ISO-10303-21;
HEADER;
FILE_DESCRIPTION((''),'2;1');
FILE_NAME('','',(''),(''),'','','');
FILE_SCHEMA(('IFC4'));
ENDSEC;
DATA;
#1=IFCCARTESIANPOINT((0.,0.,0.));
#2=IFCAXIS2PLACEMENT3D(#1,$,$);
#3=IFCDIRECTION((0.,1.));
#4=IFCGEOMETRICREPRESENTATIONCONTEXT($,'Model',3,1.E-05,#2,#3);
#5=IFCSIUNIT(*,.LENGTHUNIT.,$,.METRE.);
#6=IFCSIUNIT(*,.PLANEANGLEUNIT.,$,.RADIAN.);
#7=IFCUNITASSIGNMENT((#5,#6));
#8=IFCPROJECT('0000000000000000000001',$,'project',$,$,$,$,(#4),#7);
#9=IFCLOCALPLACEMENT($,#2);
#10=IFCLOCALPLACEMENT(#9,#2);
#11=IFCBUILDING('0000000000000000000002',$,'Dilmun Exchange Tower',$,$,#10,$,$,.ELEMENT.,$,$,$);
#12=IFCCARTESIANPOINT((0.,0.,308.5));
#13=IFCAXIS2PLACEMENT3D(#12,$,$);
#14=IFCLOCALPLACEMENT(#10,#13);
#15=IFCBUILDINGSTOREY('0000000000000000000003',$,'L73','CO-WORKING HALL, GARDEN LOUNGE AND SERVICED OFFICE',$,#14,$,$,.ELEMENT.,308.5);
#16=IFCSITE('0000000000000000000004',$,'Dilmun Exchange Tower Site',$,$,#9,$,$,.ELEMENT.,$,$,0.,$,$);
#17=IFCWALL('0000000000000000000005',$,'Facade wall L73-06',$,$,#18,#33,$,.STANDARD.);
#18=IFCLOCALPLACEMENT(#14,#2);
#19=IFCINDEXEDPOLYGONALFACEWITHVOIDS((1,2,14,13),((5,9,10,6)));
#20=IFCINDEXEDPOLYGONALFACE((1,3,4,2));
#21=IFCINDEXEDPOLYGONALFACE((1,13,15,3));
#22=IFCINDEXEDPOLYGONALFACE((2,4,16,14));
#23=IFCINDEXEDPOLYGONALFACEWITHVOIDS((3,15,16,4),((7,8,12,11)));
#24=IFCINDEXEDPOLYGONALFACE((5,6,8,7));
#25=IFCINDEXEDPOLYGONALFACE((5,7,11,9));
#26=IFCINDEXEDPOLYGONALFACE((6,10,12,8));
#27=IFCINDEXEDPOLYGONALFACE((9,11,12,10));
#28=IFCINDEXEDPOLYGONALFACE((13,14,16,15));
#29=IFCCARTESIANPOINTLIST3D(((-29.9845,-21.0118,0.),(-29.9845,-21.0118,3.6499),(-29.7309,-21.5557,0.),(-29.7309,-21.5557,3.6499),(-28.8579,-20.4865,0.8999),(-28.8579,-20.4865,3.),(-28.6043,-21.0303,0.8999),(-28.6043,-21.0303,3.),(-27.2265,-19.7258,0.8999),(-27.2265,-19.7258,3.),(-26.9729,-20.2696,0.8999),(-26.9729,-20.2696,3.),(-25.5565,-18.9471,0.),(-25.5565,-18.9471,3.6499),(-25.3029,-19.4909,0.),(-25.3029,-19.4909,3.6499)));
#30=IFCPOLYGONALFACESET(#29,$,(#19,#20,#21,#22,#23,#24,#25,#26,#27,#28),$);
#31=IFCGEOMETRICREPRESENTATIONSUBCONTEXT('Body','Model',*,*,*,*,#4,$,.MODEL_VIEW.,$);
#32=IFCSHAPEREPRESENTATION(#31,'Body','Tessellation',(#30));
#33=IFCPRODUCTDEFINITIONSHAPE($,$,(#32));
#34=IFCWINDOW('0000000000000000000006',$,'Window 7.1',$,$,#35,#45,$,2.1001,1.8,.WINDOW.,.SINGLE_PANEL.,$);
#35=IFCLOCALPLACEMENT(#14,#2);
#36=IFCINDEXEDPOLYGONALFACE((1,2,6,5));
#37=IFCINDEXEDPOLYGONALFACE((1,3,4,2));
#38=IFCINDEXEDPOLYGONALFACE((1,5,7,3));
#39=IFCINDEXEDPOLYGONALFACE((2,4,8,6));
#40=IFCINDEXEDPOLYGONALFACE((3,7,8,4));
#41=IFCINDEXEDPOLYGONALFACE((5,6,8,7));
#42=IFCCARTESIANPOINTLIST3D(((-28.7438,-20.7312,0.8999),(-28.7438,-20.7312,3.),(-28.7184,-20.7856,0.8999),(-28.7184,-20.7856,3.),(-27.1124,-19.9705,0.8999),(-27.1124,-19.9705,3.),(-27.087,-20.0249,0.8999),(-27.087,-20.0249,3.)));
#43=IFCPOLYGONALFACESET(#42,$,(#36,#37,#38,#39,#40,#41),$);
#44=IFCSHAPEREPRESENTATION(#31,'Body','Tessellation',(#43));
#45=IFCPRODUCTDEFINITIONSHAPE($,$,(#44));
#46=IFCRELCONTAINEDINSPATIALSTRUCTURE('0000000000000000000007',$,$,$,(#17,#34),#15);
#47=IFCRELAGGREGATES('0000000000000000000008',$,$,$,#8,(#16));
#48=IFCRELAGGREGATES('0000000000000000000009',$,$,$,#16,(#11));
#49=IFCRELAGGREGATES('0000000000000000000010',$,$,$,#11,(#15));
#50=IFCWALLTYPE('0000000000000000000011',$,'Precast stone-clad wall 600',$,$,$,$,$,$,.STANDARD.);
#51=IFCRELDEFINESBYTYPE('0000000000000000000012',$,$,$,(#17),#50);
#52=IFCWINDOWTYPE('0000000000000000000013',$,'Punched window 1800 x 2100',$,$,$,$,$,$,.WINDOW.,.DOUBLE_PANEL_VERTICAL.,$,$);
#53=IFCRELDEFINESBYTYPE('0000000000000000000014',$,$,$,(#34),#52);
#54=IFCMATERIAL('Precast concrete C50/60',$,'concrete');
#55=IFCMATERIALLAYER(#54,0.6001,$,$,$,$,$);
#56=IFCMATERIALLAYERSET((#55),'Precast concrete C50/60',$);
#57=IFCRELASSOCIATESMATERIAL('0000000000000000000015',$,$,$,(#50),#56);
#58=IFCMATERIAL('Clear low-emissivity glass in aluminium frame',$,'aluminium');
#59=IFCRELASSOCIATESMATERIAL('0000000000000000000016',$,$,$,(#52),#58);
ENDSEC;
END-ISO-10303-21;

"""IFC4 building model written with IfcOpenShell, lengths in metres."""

from ifc_helpers import new_model, si_unit, direction, frame, frame_2d, origin, place, context, subcontext, project, spatial, rectangle, extrude, material, layer, layer_set, type_object, element, fill, save


model = new_model("IFC4")

# Units and contexts
model_context = context("Model", 3, precision=1e-05, world=origin(), true_north=direction((0.0, 1.0)))
body_context = subcontext(model_context, "Body", "Model", "MODEL_VIEW")
ifc_project = project(units=[si_unit("LENGTHUNIT", "METRE"), si_unit("PLANEANGLEUNIT", "RADIAN")], contexts=[model_context])

# Site, building, storey
site_placement = place(None, origin())
site = spatial("IfcSite", under=ifc_project, at=site_placement, Name="Dilmun Exchange Tower Site", CompositionType="ELEMENT", RefElevation=0.0)
building_placement = place(site_placement, origin())
building = spatial("IfcBuilding", under=site, at=building_placement, Name="Dilmun Exchange Tower", CompositionType="ELEMENT")
storey_placement = place(building_placement, frame((0.0, 0.0, 308.5)))
storey = spatial("IfcBuildingStorey", under=building, at=storey_placement, Name="L73", Description="CO-WORKING HALL, GARDEN LOUNGE AND SERVICED OFFICE", CompositionType="ELEMENT", Elevation=308.5)

# Wall, opening, window
ifc_material_1 = material(Name="Precast concrete C50/60", Category="concrete")
ifc_layer_1 = layer(ifc_material_1, 0.6001)
ifc_layer_set_1 = layer_set([ifc_layer_1], Name="Precast concrete C50/60")
wall_type_1 = type_object("IfcWallType", Name="Precast stone-clad wall 600", PredefinedType="STANDARD", material=ifc_layer_set_1)
ifc_material_2 = material(Name="Clear low-emissivity glass in aluminium frame", Category="aluminium")
window_type_1 = type_object("IfcWindowType", Name="Punched window 1800 x 2100", PartitioningType="DOUBLE_PANEL_VERTICAL", PredefinedType="WINDOW", material=ifc_material_2)
wall_1_placement = place(storey_placement, frame((-25.4297, -19.219, 0.0), z_axis=(0.0, 0.0, 1.0), x_axis=(-0.906316, -0.422601, 0.0)))
wall_1 = element("IfcWall", 1, at=wall_1_placement, inside=storey, type_object=wall_type_1, Name="Facade wall L73-06", PredefinedType="STANDARD", context=body_context, shape_type="SweptSolid", body=[
    extrude(rectangle(XDim=4.8857, YDim=0.6001, at=frame_2d((2.4429, 0.0))), origin(), (0.0, 0.0, 1.0), 3.6499),
])
opening_1_placement = place(wall_1_placement, frame((1.8428, 0.0, 0.8999)))
opening_1 = element("IfcOpeningElement", 2, at=opening_1_placement, cuts=wall_1, PredefinedType="OPENING", context=body_context, shape_type="SweptSolid", body=[
    extrude(rectangle(XDim=1.8, YDim=2.1001, at=frame_2d((0.8999, 1.05))), frame((0.0, 0.3101, 0.0), z_axis=(0.0, -1.0, 0.0), x_axis=(1.0, 0.0, 0.0)), (0.0, 0.0, 1.0), 0.6201),
])
window_1_placement = place(opening_1_placement, origin())
window_1 = element("IfcWindow", 3, at=window_1_placement, inside=storey, type_object=window_type_1, Name="Window 7.1", OverallHeight=2.1001, OverallWidth=1.8, PartitioningType="SINGLE_PANEL", PredefinedType="WINDOW", context=body_context, shape_type="SweptSolid", body=[
    extrude(rectangle(XDim=1.8, YDim=2.1001, at=frame_2d((0.8999, 1.05))), frame((0.0, 0.03, 0.0), z_axis=(0.0, -1.0, 0.0), x_axis=(1.0, 0.0, 0.0)), (0.0, 0.0, 1.0), 0.0601),
])
fill(opening_1, window_1)

save(model, "model.ifc")
